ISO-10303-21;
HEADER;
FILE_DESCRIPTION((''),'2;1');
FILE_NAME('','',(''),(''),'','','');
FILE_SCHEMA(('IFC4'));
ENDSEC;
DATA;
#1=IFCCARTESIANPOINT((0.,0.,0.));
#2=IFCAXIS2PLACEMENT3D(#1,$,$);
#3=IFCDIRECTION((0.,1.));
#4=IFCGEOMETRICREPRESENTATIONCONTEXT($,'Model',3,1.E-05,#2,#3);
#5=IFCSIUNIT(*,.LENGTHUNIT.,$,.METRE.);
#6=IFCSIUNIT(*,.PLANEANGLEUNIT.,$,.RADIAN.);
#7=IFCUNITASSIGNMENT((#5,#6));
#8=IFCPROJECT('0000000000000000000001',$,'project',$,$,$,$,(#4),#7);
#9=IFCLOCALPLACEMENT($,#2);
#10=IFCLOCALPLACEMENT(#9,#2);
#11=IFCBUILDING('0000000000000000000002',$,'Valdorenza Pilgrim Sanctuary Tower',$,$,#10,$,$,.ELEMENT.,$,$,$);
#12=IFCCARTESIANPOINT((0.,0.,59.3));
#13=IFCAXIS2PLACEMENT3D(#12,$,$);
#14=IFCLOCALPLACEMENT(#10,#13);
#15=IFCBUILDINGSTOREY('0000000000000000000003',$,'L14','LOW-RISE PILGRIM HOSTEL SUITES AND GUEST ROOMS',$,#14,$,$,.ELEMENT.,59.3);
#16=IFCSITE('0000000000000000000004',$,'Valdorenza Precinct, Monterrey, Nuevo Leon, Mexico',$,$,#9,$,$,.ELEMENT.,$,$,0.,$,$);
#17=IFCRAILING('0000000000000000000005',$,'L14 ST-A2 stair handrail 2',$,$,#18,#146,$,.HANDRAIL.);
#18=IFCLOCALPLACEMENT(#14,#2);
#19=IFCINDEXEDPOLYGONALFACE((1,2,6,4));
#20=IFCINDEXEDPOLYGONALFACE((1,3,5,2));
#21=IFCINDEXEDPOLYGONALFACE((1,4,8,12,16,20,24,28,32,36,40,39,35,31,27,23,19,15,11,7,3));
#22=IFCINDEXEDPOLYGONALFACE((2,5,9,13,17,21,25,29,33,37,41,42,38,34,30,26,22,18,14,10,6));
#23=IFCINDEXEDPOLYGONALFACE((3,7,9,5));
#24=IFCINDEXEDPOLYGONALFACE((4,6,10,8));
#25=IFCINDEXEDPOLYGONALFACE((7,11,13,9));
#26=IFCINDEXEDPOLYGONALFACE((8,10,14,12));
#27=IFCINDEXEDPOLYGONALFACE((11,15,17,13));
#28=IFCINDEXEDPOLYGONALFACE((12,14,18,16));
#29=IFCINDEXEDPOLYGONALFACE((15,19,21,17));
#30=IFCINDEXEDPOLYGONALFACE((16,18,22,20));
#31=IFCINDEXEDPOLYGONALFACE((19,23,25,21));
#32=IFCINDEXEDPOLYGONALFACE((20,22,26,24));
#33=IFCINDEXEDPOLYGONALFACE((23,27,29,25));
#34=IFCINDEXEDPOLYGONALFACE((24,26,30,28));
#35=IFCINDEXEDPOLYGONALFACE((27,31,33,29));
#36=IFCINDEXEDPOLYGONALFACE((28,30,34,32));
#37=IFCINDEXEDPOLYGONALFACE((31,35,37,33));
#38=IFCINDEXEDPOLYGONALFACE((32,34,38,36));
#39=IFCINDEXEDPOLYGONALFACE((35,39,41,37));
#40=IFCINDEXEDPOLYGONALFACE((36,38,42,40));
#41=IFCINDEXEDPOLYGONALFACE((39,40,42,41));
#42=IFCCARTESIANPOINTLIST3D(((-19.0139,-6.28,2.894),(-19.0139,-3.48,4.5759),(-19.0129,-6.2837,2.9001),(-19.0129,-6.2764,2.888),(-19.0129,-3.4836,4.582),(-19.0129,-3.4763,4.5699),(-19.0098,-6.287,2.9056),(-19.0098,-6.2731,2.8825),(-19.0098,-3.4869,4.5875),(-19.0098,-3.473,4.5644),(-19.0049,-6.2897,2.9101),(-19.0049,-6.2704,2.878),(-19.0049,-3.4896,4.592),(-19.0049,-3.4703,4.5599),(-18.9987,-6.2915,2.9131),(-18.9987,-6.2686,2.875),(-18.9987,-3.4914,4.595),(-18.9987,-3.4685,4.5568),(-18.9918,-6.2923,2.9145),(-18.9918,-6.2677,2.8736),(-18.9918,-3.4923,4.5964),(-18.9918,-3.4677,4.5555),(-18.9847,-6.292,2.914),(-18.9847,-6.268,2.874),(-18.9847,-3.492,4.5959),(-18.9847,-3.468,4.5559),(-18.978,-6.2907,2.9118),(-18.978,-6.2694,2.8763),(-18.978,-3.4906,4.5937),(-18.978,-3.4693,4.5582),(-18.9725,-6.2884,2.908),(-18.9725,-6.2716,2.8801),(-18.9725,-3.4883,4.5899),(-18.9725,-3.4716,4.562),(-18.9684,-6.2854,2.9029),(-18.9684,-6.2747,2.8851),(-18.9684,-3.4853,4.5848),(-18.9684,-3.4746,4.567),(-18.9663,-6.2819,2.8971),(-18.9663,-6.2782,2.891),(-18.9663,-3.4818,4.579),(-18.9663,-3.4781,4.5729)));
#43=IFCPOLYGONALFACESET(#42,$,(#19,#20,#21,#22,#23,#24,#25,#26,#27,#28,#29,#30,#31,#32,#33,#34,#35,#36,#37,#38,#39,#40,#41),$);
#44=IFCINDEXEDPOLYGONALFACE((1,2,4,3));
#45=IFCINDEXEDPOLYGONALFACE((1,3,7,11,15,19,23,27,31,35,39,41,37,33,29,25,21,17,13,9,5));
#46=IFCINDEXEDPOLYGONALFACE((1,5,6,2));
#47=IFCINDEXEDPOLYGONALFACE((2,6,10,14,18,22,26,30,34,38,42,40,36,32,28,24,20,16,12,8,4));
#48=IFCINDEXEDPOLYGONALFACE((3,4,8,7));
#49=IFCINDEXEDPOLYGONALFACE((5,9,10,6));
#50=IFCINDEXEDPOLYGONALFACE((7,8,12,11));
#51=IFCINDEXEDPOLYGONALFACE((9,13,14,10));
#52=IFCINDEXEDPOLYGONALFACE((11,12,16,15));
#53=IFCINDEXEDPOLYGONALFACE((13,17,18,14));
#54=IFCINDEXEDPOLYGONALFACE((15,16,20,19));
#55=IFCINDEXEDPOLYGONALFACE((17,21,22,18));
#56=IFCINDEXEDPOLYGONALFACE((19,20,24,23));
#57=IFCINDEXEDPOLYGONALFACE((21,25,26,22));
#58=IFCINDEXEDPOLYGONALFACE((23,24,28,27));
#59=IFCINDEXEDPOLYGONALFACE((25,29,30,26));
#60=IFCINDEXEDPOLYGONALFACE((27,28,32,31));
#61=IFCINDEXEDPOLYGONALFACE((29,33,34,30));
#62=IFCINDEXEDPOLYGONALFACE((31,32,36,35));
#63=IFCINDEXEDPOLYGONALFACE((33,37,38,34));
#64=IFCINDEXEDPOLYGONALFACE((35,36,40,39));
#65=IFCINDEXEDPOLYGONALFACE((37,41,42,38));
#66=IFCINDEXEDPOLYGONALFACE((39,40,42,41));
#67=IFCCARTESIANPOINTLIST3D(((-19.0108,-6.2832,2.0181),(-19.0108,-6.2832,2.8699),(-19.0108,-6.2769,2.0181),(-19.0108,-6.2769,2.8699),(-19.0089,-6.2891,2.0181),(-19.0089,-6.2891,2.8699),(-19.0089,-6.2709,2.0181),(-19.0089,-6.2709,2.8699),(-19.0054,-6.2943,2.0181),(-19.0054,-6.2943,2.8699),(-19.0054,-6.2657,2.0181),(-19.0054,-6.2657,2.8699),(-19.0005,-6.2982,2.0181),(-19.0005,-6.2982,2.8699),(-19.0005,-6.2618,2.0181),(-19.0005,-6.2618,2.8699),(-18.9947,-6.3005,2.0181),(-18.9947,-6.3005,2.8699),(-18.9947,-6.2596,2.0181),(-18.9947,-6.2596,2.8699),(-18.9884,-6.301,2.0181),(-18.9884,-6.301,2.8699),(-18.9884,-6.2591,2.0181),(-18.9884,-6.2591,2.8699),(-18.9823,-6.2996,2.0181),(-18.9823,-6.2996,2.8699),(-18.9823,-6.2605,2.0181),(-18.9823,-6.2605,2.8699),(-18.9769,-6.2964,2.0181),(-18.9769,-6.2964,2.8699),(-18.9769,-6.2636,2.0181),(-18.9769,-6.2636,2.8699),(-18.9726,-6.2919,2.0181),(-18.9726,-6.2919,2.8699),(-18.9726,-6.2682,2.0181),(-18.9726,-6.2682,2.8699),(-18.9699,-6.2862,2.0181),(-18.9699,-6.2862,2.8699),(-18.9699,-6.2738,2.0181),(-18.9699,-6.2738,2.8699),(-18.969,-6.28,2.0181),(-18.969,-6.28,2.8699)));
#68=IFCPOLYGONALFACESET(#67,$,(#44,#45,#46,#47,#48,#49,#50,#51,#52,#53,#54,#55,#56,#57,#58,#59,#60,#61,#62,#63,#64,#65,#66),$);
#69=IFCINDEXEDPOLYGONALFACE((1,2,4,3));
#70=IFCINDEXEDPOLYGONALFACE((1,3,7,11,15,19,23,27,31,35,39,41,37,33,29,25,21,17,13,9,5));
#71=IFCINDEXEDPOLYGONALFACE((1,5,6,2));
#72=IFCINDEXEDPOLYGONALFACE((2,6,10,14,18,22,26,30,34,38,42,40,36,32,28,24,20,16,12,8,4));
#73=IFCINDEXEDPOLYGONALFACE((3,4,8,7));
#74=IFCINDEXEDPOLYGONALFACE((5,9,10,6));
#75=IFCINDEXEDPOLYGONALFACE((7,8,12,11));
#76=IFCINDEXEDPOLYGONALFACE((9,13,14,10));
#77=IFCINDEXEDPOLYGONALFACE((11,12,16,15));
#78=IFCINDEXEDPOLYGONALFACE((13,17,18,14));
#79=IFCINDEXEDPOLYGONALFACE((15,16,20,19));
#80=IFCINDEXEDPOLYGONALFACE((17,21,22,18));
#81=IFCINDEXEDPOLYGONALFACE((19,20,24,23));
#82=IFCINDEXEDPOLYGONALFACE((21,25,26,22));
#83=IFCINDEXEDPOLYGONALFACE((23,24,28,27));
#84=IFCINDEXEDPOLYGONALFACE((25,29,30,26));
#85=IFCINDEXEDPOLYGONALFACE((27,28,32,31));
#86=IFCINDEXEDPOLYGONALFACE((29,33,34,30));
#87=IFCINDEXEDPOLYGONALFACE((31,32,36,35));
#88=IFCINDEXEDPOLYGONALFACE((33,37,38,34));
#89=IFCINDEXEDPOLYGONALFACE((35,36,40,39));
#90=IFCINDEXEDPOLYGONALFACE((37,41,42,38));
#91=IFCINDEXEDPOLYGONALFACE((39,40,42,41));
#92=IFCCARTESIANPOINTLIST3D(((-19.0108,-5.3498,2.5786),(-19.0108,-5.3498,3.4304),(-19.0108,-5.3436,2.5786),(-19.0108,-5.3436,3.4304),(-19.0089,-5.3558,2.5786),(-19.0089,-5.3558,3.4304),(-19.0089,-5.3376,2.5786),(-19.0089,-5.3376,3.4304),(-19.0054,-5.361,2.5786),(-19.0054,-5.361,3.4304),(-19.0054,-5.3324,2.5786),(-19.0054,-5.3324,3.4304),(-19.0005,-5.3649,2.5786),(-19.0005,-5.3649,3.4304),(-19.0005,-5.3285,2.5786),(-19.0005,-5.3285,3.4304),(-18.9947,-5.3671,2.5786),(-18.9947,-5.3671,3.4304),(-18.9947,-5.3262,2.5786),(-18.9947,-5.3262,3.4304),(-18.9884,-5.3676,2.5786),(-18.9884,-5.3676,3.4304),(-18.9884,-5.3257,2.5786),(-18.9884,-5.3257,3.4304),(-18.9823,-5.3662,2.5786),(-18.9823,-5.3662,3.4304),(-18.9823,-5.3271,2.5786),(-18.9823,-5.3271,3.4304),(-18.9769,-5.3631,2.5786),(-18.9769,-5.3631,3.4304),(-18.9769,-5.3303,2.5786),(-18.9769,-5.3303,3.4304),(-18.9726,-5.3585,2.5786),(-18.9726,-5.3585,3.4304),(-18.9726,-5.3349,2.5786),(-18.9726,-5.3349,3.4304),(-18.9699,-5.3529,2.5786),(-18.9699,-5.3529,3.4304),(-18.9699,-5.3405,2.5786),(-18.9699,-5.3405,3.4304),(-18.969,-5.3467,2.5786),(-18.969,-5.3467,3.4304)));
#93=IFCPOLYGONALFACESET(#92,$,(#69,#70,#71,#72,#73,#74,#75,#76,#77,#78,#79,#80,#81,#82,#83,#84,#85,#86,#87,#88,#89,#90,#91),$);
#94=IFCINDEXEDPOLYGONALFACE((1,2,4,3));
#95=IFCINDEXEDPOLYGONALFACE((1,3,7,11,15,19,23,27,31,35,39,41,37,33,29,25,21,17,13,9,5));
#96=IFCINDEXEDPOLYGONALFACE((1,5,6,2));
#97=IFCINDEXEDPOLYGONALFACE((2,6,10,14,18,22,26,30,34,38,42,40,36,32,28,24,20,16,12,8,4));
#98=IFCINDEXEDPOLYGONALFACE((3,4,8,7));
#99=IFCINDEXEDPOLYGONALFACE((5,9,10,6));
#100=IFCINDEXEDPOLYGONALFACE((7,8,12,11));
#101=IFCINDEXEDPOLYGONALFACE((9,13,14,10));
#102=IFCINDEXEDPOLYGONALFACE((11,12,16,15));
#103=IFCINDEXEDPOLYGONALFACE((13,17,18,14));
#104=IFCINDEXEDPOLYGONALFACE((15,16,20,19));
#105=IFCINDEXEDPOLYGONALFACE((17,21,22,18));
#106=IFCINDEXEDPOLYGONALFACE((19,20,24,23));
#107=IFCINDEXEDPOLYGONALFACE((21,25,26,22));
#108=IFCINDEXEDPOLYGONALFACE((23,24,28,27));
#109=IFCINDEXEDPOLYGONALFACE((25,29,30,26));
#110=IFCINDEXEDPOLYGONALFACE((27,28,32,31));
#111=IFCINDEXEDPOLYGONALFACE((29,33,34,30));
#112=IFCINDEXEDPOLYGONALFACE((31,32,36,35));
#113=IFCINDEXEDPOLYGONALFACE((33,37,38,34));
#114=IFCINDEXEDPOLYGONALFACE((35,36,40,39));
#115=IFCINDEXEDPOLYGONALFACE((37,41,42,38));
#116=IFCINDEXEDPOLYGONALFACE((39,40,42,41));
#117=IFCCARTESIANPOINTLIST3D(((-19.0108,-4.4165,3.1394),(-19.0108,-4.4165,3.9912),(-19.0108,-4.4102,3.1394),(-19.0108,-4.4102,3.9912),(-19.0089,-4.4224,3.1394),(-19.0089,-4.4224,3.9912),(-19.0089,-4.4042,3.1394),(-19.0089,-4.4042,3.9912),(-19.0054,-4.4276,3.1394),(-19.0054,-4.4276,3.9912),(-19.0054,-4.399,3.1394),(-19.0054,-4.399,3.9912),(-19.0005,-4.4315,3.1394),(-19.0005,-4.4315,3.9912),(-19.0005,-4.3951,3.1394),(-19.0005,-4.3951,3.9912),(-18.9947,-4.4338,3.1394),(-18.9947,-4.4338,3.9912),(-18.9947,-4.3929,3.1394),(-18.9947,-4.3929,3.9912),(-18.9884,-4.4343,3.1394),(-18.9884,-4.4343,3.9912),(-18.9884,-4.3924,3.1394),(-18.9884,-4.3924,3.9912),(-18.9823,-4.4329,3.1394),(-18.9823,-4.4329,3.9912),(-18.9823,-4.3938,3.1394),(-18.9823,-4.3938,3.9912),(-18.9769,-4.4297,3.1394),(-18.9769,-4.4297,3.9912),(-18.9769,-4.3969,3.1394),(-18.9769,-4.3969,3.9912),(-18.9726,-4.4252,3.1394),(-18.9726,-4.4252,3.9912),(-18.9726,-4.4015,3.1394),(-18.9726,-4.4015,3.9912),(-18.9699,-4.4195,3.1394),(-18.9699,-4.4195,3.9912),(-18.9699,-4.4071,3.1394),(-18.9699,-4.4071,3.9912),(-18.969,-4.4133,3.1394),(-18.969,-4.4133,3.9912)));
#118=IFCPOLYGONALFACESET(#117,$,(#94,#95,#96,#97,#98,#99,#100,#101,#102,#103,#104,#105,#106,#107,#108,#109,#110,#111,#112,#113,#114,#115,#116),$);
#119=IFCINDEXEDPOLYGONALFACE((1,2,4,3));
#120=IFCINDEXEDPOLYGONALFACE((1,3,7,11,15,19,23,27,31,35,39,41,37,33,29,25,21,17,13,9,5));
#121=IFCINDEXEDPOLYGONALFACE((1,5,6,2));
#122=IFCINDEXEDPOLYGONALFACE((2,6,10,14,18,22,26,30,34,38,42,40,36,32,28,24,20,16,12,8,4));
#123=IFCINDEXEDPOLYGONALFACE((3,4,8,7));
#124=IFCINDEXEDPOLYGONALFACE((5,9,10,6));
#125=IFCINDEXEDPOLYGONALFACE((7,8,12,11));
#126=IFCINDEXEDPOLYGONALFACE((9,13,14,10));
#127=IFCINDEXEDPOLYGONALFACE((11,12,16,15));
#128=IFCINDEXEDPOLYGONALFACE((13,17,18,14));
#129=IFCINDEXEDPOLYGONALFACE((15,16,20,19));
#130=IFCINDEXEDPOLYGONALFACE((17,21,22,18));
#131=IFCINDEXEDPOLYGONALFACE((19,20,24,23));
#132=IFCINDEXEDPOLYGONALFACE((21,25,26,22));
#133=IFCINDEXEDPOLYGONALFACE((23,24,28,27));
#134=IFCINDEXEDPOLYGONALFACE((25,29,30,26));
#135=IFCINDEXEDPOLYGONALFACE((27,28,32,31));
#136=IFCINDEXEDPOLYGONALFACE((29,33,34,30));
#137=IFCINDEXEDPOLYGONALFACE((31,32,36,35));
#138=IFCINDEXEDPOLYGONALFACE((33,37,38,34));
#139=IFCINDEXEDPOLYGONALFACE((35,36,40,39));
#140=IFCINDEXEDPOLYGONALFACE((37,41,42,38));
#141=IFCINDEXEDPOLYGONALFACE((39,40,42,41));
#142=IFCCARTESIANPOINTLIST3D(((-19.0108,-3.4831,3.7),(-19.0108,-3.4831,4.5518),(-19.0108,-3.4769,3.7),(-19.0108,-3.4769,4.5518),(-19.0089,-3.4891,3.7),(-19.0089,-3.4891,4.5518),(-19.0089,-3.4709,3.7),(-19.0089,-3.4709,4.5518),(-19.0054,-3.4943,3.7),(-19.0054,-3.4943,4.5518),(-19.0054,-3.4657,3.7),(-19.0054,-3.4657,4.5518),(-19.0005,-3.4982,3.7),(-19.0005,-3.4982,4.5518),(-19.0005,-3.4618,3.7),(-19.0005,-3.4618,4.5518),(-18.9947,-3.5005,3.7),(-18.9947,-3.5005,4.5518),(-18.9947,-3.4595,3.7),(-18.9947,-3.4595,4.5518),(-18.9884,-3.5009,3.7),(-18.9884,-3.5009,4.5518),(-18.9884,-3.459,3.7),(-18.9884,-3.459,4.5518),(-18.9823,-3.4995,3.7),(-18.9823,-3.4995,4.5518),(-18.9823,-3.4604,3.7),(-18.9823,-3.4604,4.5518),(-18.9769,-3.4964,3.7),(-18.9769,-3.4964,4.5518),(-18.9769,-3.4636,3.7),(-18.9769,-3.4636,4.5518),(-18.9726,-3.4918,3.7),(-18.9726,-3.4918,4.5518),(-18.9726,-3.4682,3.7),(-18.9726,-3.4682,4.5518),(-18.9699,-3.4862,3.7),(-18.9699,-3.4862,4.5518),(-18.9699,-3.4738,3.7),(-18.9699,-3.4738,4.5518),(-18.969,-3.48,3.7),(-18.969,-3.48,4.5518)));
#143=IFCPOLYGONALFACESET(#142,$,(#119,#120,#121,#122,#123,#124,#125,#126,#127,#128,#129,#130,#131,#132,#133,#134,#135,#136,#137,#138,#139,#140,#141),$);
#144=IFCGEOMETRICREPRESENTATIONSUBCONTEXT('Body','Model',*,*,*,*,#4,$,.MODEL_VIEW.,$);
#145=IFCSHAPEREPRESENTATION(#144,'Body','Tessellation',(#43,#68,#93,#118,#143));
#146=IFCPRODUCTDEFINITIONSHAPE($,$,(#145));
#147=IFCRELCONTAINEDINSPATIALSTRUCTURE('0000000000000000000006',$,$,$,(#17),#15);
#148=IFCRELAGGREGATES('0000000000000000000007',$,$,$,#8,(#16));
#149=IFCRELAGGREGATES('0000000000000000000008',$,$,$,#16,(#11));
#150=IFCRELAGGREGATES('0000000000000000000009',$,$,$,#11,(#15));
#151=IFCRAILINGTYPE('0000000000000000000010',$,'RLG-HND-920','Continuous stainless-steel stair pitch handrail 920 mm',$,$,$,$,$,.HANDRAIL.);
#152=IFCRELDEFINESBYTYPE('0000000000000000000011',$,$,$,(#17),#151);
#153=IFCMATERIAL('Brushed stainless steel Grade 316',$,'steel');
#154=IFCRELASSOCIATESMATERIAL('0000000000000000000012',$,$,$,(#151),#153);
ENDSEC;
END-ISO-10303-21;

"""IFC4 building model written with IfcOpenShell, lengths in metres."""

from ifc_helpers import new_model, si_unit, direction, frame, origin, origin_2d, place, context, subcontext, project, spatial, circle, extrude, material, type_object, element, save


model = new_model("IFC4")

# Units and contexts
model_context = context("Model", 3, precision=1e-05, world=origin(), true_north=direction((0.0, 1.0)))
body_context = subcontext(model_context, "Body", "Model", "MODEL_VIEW")
ifc_project = project(units=[si_unit("LENGTHUNIT", "METRE"), si_unit("PLANEANGLEUNIT", "RADIAN")], contexts=[model_context])

# Site, building, storey
site_placement = place(None, origin())
site = spatial("IfcSite", under=ifc_project, at=site_placement, Name="Valdorenza Precinct, Monterrey, Nuevo Leon, Mexico", CompositionType="ELEMENT", RefElevation=0.0)
building_placement = place(site_placement, origin())
building = spatial("IfcBuilding", under=site, at=building_placement, Name="Valdorenza Pilgrim Sanctuary Tower", CompositionType="ELEMENT")
storey_placement = place(building_placement, frame((0.0, 0.0, 59.3)))
storey = spatial("IfcBuildingStorey", under=building, at=storey_placement, Name="L14", Description="LOW-RISE PILGRIM HOSTEL SUITES AND GUEST ROOMS", CompositionType="ELEMENT", Elevation=59.3)

# Shared definitions
ifc_material_1 = material(Name="Brushed stainless steel Grade 316", Category="steel")

# Railing
railing_type_1 = type_object("IfcRailingType", Name="RLG-HND-920", Description="Continuous stainless-steel stair pitch handrail 920 mm", PredefinedType="HANDRAIL", material=ifc_material_1)
railing_1_placement = place(storey_placement, frame((-18.99, -6.28, 2.0181)))
element("IfcRailing", 1, at=railing_1_placement, inside=storey, type_object=railing_type_1, Name="L14 ST-A2 stair handrail 2", PredefinedType="HANDRAIL", context=body_context, shape_type="SweptSolid", body=[
    extrude(circle(Radius=0.0239, at=origin_2d()), frame((0.0, 0.0, 0.876), z_axis=(0.0, 0.857242, 0.514913), x_axis=(-1.0, 0.0, 0.0)), (0.0, 0.0, 1.0), 3.2664),
    extrude(circle(Radius=0.021, at=origin_2d()), origin(), (0.0, 0.0, 1.0), 0.8518),
    extrude(circle(Radius=0.021, at=origin_2d()), frame((0.0, 0.9333, 0.5605)), (0.0, 0.0, 1.0), 0.8518),
    extrude(circle(Radius=0.021, at=origin_2d()), frame((0.0, 1.8667, 1.1213)), (0.0, 0.0, 1.0), 0.8518),
    extrude(circle(Radius=0.021, at=origin_2d()), frame((0.0, 2.8, 1.6819)), (0.0, 0.0, 1.0), 0.8518),
])

save(model, "model.ifc")
